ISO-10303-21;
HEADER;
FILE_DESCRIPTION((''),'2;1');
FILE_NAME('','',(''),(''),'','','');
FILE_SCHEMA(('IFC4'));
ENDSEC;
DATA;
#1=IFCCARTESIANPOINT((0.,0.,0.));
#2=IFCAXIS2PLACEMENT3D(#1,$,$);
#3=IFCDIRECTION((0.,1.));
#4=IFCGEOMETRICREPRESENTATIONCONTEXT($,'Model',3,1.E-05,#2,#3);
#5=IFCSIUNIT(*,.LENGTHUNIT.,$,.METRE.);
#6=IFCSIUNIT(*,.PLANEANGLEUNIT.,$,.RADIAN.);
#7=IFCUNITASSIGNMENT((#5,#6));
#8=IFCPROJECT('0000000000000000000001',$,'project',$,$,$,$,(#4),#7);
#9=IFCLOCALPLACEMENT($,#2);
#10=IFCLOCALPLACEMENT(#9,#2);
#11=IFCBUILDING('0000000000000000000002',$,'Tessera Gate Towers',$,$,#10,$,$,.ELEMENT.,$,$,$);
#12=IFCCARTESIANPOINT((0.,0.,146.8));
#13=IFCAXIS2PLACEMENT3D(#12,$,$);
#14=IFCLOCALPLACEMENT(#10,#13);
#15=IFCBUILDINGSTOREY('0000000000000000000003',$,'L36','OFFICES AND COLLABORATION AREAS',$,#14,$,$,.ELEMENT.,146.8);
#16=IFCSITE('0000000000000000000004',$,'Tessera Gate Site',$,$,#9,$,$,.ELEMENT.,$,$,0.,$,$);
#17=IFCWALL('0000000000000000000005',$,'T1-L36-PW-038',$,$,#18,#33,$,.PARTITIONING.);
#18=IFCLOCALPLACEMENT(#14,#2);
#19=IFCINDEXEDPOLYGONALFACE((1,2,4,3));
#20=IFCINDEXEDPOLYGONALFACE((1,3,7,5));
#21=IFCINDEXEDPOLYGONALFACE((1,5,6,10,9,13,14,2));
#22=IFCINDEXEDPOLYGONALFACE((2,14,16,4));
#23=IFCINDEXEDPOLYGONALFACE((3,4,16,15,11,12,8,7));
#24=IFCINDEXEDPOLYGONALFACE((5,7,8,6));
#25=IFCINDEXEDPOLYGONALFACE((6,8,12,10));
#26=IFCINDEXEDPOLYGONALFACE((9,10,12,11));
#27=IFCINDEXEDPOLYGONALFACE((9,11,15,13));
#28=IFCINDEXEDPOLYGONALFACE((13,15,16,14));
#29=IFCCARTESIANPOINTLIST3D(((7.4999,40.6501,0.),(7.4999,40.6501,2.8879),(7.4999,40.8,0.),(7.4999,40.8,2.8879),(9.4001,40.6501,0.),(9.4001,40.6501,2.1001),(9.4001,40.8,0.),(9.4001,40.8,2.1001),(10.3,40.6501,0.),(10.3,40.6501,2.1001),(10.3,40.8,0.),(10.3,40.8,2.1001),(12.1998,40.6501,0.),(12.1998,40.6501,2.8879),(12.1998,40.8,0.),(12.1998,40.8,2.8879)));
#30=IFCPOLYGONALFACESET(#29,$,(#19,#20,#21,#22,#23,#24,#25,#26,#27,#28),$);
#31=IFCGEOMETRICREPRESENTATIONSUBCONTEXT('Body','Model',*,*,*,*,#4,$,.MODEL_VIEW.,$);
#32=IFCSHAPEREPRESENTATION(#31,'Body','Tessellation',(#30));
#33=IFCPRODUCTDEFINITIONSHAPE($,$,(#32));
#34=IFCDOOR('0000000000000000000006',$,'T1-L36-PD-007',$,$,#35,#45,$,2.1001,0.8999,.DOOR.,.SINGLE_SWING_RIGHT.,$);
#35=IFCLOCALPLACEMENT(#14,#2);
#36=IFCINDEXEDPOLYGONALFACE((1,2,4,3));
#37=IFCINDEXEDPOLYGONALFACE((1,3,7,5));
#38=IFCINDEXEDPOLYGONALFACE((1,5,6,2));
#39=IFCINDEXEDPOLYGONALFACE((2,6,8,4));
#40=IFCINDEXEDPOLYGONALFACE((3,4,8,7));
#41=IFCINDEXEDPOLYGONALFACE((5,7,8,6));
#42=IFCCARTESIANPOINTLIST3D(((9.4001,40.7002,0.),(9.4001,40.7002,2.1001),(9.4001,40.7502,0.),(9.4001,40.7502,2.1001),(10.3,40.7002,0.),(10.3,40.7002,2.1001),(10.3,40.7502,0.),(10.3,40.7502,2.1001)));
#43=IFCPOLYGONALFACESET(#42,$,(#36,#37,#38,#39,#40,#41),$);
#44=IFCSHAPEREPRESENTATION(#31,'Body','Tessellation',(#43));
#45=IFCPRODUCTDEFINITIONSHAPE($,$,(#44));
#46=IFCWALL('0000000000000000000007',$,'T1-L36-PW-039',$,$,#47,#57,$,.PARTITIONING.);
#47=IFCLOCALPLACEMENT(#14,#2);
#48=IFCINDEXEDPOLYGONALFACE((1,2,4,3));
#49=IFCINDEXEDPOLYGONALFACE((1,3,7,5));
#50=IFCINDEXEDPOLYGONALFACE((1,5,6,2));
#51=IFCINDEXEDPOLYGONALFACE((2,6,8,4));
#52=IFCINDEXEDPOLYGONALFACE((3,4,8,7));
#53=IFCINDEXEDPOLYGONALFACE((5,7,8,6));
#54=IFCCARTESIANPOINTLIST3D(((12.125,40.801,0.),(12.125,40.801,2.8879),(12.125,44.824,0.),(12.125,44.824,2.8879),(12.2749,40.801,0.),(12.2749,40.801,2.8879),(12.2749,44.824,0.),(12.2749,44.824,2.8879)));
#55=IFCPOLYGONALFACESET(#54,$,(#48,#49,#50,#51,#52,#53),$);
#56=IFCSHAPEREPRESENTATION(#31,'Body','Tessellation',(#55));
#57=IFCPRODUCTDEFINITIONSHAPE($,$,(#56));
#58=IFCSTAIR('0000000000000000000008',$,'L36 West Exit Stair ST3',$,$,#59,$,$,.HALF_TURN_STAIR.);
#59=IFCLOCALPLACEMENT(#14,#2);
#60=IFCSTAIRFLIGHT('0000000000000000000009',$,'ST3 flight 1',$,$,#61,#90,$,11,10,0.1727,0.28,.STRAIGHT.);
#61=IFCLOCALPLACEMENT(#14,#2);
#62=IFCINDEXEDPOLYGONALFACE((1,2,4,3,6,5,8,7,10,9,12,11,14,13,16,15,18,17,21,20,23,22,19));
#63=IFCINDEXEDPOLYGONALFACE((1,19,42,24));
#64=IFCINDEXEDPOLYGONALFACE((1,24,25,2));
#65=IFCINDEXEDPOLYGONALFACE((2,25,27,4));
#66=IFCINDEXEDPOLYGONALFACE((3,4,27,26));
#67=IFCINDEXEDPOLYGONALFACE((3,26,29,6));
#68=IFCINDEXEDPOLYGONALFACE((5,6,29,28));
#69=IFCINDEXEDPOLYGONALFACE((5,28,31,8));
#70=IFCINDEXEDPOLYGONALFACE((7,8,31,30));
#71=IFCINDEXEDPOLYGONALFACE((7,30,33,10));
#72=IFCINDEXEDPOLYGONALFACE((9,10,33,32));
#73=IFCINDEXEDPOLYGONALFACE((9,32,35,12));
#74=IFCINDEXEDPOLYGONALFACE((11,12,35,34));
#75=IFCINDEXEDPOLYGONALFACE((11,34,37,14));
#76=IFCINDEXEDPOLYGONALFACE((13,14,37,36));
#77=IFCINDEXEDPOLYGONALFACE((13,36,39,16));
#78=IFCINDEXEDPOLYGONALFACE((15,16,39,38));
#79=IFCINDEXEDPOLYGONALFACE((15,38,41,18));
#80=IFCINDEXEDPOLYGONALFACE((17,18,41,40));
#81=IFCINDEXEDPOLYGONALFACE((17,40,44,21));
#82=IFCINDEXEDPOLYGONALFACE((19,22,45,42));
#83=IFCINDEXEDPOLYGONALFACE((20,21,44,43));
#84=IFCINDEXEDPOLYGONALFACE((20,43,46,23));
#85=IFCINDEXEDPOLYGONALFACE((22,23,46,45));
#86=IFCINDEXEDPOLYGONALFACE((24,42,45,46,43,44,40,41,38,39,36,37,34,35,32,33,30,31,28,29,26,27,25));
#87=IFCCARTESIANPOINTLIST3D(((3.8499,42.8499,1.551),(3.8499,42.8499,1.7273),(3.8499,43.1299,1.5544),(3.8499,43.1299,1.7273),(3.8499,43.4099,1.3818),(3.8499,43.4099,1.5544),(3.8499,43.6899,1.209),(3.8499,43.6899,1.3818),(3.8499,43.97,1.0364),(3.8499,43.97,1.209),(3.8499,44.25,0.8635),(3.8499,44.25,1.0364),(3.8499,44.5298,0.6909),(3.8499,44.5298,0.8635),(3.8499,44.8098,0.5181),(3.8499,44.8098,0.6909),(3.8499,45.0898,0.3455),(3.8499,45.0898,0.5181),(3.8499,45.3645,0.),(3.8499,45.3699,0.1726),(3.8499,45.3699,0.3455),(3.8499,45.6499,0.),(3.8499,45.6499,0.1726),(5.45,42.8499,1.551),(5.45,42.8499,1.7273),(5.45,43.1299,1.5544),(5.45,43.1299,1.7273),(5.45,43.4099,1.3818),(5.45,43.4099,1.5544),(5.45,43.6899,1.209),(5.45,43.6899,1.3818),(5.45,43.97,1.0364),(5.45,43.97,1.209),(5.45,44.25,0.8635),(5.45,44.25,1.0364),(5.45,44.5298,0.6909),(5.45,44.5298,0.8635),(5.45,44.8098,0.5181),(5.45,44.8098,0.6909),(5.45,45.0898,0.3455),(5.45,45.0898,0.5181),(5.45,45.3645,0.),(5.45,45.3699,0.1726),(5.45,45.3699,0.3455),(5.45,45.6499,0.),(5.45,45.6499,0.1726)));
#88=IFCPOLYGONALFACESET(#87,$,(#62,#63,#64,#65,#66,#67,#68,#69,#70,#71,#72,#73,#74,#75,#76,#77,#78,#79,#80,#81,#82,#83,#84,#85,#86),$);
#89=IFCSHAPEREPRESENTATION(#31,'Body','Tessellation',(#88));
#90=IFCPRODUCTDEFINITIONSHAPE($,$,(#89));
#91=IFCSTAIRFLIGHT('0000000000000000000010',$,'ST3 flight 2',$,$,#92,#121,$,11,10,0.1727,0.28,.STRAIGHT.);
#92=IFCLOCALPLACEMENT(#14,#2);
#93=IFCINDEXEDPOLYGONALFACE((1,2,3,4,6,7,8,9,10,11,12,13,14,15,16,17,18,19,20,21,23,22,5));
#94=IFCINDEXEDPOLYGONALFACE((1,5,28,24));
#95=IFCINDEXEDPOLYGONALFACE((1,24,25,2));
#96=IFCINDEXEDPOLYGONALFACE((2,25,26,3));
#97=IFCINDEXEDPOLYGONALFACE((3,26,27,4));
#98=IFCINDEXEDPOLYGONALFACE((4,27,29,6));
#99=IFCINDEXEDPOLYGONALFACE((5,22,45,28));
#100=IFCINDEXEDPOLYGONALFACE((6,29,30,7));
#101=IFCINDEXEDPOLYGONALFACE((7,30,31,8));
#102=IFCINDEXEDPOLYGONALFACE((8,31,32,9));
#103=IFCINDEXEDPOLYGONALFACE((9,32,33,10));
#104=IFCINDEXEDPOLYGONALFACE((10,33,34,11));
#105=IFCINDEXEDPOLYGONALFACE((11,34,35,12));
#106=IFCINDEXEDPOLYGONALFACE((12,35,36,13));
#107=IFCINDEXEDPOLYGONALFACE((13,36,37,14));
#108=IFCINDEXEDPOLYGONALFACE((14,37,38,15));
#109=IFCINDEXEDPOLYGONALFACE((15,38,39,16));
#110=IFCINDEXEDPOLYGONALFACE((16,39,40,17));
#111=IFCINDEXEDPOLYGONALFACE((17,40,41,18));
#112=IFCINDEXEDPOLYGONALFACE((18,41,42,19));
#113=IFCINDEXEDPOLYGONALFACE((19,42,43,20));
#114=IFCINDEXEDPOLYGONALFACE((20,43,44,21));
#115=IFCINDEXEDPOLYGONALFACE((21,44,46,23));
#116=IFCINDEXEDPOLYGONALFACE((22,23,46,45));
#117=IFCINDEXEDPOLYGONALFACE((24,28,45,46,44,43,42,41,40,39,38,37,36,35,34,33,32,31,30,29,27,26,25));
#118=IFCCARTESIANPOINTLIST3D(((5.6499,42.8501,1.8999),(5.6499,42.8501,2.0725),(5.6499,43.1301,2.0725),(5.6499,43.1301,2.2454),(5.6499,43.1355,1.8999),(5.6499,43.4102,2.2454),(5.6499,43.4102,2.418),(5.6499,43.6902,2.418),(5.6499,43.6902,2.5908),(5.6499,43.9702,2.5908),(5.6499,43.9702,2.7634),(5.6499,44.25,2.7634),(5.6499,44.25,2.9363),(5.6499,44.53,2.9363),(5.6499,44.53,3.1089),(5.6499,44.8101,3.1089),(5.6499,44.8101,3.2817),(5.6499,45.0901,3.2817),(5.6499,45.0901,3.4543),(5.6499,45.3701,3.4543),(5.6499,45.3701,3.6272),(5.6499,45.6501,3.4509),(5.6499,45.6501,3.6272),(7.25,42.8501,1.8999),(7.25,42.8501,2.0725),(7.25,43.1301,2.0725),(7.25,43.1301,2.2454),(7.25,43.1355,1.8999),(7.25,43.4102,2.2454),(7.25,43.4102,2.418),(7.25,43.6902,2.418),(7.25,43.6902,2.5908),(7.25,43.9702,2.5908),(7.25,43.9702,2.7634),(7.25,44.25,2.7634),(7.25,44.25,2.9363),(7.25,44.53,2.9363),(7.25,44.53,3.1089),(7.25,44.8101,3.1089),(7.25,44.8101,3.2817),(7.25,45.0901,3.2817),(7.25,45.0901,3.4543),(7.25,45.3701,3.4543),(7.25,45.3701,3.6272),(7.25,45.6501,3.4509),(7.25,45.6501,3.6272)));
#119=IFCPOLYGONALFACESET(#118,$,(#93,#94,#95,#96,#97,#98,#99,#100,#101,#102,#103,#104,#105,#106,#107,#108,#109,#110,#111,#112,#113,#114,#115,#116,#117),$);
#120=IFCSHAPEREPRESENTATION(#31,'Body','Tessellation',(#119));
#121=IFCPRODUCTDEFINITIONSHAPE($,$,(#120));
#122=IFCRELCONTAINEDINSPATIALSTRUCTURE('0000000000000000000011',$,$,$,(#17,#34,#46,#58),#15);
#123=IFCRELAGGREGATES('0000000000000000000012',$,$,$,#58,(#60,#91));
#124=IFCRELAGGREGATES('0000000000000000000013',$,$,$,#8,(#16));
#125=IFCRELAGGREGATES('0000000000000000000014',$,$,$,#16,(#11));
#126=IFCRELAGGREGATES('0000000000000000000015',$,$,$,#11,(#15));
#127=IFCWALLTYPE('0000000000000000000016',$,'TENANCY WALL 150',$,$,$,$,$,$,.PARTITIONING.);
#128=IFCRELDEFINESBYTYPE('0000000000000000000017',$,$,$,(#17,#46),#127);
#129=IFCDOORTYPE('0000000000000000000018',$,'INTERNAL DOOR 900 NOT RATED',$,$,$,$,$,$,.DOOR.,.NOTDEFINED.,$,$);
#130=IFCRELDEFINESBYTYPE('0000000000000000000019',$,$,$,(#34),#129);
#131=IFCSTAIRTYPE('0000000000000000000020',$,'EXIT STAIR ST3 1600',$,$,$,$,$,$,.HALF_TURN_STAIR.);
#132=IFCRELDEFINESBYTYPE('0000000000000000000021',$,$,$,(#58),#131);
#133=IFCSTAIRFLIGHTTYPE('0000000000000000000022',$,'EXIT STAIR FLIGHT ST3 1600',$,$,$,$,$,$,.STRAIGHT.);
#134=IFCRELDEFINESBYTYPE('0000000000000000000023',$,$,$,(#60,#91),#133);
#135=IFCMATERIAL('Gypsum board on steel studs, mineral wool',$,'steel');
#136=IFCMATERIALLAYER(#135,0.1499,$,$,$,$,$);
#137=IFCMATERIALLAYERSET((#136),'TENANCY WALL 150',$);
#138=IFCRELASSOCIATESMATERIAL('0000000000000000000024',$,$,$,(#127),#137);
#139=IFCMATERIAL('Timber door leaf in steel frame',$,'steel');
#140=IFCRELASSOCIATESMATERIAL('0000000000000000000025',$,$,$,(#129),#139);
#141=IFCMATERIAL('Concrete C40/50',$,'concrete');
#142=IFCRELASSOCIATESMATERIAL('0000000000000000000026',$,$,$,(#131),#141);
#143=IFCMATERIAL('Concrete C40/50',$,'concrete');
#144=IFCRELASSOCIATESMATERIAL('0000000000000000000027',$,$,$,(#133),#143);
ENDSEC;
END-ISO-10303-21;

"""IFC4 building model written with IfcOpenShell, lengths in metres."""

from ifc_helpers import new_model, si_unit, direction, frame, frame_2d, origin, place, context, subcontext, project, spatial, polyline, rectangle, outline, extrude, source, transform, mapped, material, layer, layer_set, type_object, element, fill, aggregate, save


model = new_model("IFC4")

# Units and contexts
model_context = context("Model", 3, precision=1e-05, world=origin(), true_north=direction((0.0, 1.0)))
body_context = subcontext(model_context, "Body", "Model", "MODEL_VIEW")
ifc_project = project(units=[si_unit("LENGTHUNIT", "METRE"), si_unit("PLANEANGLEUNIT", "RADIAN")], contexts=[model_context])

# Site, building, storey
site_placement = place(None, origin())
site = spatial("IfcSite", under=ifc_project, at=site_placement, Name="Tessera Gate Site", CompositionType="ELEMENT", RefElevation=0.0)
building_placement = place(site_placement, origin())
building = spatial("IfcBuilding", under=site, at=building_placement, Name="Tessera Gate Towers", CompositionType="ELEMENT")
storey_placement = place(building_placement, frame((0.0, 0.0, 146.8)))
storey = spatial("IfcBuildingStorey", under=building, at=storey_placement, Name="L36", Description="OFFICES AND COLLABORATION AREAS", CompositionType="ELEMENT", Elevation=146.8)

# Shared definitions
ifc_material_1 = material(Name="Gypsum board on steel studs, mineral wool", Category="steel")
ifc_layer_1 = layer(ifc_material_1, 0.1499)
ifc_layer_set_1 = layer_set([ifc_layer_1], Name="TENANCY WALL 150")
wall_type_1 = type_object("IfcWallType", Name="TENANCY WALL 150", PredefinedType="PARTITIONING", material=ifc_layer_set_1)

# Wall, opening, door
wall_1_placement = place(storey_placement, frame((12.2, 40.7251, 0.0), z_axis=(0.0, 0.0, 1.0), x_axis=(-1.0, 0.0, 0.0)))
wall_1 = element("IfcWall", 1, at=wall_1_placement, inside=storey, type_object=wall_type_1, Name="T1-L36-PW-038", PredefinedType="PARTITIONING", context=body_context, shape_type="SweptSolid", body=[
    extrude(rectangle(XDim=4.7, YDim=0.1499, at=frame_2d((2.3501, 0.0))), origin(), (0.0, 0.0, 1.0), 2.8879),
])
shared_shape_1 = source(origin(), body_context, "Body", "SweptSolid", [
    extrude(rectangle(XDim=0.8999, YDim=2.1001, at=frame_2d((0.45, 1.05))), frame((0.0, 0.085, 0.0), z_axis=(0.0, -1.0, 0.0), x_axis=(1.0, 0.0, 0.0)), (0.0, 0.0, 1.0), 0.1699),
])
opening_placement = place(wall_1_placement, frame((1.8999, 0.0, 0.0)))
opening = element("IfcOpeningElement", 2, at=opening_placement, cuts=wall_1, PredefinedType="OPENING", context=body_context, shape_type="MappedRepresentation", body=[
    mapped(shared_shape_1, transform((0.0, 0.0, 0.0), scale=1.0)),
])
ifc_material_2 = material(Name="Timber door leaf in steel frame", Category="steel")
door_type = type_object("IfcDoorType", Name="INTERNAL DOOR 900 NOT RATED", OperationType="NOTDEFINED", PredefinedType="DOOR", material=ifc_material_2)
shared_shape_2 = source(origin(), body_context, "Body", "SweptSolid", [
    extrude(rectangle(XDim=0.8999, YDim=2.1001, at=frame_2d((0.45, 1.05))), frame((0.0, 0.0249, 0.0), z_axis=(0.0, -1.0, 0.0), x_axis=(1.0, 0.0, 0.0)), (0.0, 0.0, 1.0), 0.05),
])
door_placement = place(opening_placement, origin())
door = element("IfcDoor", 3, at=door_placement, inside=storey, type_object=door_type, Name="T1-L36-PD-007", OperationType="SINGLE_SWING_RIGHT", OverallHeight=2.1001, OverallWidth=0.8999, PredefinedType="DOOR", context=body_context, shape_type="MappedRepresentation", body=[
    mapped(shared_shape_2, transform((0.0, 0.0, 0.0), scale=1.0)),
])
fill(opening, door)

# Wall
wall_2_placement = place(storey_placement, frame((12.2, 40.801, 0.0), z_axis=(0.0, 0.0, 1.0), x_axis=(0.0, 1.0, 0.0)))
element("IfcWall", 4, at=wall_2_placement, inside=storey, type_object=wall_type_1, Name="T1-L36-PW-039", PredefinedType="PARTITIONING", context=body_context, shape_type="SweptSolid", body=[
    extrude(rectangle(XDim=4.0229, YDim=0.1499, at=frame_2d((2.0115, 0.0))), origin(), (0.0, 0.0, 1.0), 2.8879),
])

# Stair, stair flights
ifc_material_3 = material(Name="Concrete C40/50", Category="concrete")
stair_type = type_object("IfcStairType", Name="EXIT STAIR ST3 1600", PredefinedType="HALF_TURN_STAIR", material=ifc_material_3)
stair_placement = place(storey_placement, origin())
stair = element("IfcStair", 5, at=stair_placement, inside=storey, type_object=stair_type, Name="L36 West Exit Stair ST3", PredefinedType="HALF_TURN_STAIR")
ifc_material_4 = material(Name="Concrete C40/50", Category="concrete")
stair_flight_type = type_object("IfcStairFlightType", Name="EXIT STAIR FLIGHT ST3 1600", PredefinedType="STRAIGHT", material=ifc_material_4)
stair_flight_1_placement = place(storey_placement, frame((4.6499, 45.6499, 0.0), z_axis=(0.0, 0.0, 1.0), x_axis=(0.0, -1.0, 0.0)))
stair_flight_1 = element("IfcStairFlight", 6, at=stair_flight_1_placement, type_object=stair_flight_type, Name="ST3 flight 1", NumberOfRisers=11, NumberOfTreads=10, PredefinedType="STRAIGHT", RiserHeight=0.1727, TreadLength=0.28, context=body_context, shape_type="SweptSolid", body=[
    extrude(outline(polyline([(0.0, 0.0), (0.0, 0.1726), (0.28, 0.1726), (0.28, 0.3455), (0.5601, 0.3455), (0.5601, 0.5181), (0.8401, 0.5181), (0.8401, 0.6909), (1.1201, 0.6909), (1.1201, 0.8635), (1.3999, 0.8635), (1.3999, 1.0364), (1.6799, 1.0364), (1.6799, 1.209), (1.96, 1.209), (1.96, 1.3818), (2.24, 1.3818), (2.24, 1.5544), (2.52, 1.5544), (2.52, 1.7273), (2.8, 1.7273), (2.8, 1.8999), (2.8, 1.551), (0.2854, 0.0), (0.0, 0.0)])), frame((0.0, 0.8, 0.0), z_axis=(0.0, -1.0, 0.0), x_axis=(1.0, 0.0, 0.0)), (0.0, 0.0, 1.0), 1.6001),
])
stair_flight_2_placement = place(storey_placement, frame((6.45, 42.8501, 1.8999), z_axis=(0.0, 0.0, 1.0), x_axis=(0.0, 1.0, 0.0)))
stair_flight_2 = element("IfcStairFlight", 7, at=stair_flight_2_placement, type_object=stair_flight_type, Name="ST3 flight 2", NumberOfRisers=11, NumberOfTreads=10, PredefinedType="STRAIGHT", RiserHeight=0.1727, TreadLength=0.28, context=body_context, shape_type="SweptSolid", body=[
    extrude(outline(polyline([(0.0, 0.0), (0.0, 0.1726), (0.28, 0.1726), (0.28, 0.3455), (0.5601, 0.3455), (0.5601, 0.5181), (0.8401, 0.5181), (0.8401, 0.6909), (1.1201, 0.6909), (1.1201, 0.8635), (1.3999, 0.8635), (1.3999, 1.0364), (1.6799, 1.0364), (1.6799, 1.209), (1.96, 1.209), (1.96, 1.3818), (2.24, 1.3818), (2.24, 1.5544), (2.52, 1.5544), (2.52, 1.7273), (2.8, 1.7273), (2.8, 1.8999), (2.8, 1.551), (0.2854, 0.0), (0.0, 0.0)])), frame((0.0, 0.8, 0.0), z_axis=(0.0, -1.0, 0.0), x_axis=(1.0, 0.0, 0.0)), (0.0, 0.0, 1.0), 1.6001),
])
aggregate(stair, [stair_flight_1, stair_flight_2])

save(model, "model.ifc")
